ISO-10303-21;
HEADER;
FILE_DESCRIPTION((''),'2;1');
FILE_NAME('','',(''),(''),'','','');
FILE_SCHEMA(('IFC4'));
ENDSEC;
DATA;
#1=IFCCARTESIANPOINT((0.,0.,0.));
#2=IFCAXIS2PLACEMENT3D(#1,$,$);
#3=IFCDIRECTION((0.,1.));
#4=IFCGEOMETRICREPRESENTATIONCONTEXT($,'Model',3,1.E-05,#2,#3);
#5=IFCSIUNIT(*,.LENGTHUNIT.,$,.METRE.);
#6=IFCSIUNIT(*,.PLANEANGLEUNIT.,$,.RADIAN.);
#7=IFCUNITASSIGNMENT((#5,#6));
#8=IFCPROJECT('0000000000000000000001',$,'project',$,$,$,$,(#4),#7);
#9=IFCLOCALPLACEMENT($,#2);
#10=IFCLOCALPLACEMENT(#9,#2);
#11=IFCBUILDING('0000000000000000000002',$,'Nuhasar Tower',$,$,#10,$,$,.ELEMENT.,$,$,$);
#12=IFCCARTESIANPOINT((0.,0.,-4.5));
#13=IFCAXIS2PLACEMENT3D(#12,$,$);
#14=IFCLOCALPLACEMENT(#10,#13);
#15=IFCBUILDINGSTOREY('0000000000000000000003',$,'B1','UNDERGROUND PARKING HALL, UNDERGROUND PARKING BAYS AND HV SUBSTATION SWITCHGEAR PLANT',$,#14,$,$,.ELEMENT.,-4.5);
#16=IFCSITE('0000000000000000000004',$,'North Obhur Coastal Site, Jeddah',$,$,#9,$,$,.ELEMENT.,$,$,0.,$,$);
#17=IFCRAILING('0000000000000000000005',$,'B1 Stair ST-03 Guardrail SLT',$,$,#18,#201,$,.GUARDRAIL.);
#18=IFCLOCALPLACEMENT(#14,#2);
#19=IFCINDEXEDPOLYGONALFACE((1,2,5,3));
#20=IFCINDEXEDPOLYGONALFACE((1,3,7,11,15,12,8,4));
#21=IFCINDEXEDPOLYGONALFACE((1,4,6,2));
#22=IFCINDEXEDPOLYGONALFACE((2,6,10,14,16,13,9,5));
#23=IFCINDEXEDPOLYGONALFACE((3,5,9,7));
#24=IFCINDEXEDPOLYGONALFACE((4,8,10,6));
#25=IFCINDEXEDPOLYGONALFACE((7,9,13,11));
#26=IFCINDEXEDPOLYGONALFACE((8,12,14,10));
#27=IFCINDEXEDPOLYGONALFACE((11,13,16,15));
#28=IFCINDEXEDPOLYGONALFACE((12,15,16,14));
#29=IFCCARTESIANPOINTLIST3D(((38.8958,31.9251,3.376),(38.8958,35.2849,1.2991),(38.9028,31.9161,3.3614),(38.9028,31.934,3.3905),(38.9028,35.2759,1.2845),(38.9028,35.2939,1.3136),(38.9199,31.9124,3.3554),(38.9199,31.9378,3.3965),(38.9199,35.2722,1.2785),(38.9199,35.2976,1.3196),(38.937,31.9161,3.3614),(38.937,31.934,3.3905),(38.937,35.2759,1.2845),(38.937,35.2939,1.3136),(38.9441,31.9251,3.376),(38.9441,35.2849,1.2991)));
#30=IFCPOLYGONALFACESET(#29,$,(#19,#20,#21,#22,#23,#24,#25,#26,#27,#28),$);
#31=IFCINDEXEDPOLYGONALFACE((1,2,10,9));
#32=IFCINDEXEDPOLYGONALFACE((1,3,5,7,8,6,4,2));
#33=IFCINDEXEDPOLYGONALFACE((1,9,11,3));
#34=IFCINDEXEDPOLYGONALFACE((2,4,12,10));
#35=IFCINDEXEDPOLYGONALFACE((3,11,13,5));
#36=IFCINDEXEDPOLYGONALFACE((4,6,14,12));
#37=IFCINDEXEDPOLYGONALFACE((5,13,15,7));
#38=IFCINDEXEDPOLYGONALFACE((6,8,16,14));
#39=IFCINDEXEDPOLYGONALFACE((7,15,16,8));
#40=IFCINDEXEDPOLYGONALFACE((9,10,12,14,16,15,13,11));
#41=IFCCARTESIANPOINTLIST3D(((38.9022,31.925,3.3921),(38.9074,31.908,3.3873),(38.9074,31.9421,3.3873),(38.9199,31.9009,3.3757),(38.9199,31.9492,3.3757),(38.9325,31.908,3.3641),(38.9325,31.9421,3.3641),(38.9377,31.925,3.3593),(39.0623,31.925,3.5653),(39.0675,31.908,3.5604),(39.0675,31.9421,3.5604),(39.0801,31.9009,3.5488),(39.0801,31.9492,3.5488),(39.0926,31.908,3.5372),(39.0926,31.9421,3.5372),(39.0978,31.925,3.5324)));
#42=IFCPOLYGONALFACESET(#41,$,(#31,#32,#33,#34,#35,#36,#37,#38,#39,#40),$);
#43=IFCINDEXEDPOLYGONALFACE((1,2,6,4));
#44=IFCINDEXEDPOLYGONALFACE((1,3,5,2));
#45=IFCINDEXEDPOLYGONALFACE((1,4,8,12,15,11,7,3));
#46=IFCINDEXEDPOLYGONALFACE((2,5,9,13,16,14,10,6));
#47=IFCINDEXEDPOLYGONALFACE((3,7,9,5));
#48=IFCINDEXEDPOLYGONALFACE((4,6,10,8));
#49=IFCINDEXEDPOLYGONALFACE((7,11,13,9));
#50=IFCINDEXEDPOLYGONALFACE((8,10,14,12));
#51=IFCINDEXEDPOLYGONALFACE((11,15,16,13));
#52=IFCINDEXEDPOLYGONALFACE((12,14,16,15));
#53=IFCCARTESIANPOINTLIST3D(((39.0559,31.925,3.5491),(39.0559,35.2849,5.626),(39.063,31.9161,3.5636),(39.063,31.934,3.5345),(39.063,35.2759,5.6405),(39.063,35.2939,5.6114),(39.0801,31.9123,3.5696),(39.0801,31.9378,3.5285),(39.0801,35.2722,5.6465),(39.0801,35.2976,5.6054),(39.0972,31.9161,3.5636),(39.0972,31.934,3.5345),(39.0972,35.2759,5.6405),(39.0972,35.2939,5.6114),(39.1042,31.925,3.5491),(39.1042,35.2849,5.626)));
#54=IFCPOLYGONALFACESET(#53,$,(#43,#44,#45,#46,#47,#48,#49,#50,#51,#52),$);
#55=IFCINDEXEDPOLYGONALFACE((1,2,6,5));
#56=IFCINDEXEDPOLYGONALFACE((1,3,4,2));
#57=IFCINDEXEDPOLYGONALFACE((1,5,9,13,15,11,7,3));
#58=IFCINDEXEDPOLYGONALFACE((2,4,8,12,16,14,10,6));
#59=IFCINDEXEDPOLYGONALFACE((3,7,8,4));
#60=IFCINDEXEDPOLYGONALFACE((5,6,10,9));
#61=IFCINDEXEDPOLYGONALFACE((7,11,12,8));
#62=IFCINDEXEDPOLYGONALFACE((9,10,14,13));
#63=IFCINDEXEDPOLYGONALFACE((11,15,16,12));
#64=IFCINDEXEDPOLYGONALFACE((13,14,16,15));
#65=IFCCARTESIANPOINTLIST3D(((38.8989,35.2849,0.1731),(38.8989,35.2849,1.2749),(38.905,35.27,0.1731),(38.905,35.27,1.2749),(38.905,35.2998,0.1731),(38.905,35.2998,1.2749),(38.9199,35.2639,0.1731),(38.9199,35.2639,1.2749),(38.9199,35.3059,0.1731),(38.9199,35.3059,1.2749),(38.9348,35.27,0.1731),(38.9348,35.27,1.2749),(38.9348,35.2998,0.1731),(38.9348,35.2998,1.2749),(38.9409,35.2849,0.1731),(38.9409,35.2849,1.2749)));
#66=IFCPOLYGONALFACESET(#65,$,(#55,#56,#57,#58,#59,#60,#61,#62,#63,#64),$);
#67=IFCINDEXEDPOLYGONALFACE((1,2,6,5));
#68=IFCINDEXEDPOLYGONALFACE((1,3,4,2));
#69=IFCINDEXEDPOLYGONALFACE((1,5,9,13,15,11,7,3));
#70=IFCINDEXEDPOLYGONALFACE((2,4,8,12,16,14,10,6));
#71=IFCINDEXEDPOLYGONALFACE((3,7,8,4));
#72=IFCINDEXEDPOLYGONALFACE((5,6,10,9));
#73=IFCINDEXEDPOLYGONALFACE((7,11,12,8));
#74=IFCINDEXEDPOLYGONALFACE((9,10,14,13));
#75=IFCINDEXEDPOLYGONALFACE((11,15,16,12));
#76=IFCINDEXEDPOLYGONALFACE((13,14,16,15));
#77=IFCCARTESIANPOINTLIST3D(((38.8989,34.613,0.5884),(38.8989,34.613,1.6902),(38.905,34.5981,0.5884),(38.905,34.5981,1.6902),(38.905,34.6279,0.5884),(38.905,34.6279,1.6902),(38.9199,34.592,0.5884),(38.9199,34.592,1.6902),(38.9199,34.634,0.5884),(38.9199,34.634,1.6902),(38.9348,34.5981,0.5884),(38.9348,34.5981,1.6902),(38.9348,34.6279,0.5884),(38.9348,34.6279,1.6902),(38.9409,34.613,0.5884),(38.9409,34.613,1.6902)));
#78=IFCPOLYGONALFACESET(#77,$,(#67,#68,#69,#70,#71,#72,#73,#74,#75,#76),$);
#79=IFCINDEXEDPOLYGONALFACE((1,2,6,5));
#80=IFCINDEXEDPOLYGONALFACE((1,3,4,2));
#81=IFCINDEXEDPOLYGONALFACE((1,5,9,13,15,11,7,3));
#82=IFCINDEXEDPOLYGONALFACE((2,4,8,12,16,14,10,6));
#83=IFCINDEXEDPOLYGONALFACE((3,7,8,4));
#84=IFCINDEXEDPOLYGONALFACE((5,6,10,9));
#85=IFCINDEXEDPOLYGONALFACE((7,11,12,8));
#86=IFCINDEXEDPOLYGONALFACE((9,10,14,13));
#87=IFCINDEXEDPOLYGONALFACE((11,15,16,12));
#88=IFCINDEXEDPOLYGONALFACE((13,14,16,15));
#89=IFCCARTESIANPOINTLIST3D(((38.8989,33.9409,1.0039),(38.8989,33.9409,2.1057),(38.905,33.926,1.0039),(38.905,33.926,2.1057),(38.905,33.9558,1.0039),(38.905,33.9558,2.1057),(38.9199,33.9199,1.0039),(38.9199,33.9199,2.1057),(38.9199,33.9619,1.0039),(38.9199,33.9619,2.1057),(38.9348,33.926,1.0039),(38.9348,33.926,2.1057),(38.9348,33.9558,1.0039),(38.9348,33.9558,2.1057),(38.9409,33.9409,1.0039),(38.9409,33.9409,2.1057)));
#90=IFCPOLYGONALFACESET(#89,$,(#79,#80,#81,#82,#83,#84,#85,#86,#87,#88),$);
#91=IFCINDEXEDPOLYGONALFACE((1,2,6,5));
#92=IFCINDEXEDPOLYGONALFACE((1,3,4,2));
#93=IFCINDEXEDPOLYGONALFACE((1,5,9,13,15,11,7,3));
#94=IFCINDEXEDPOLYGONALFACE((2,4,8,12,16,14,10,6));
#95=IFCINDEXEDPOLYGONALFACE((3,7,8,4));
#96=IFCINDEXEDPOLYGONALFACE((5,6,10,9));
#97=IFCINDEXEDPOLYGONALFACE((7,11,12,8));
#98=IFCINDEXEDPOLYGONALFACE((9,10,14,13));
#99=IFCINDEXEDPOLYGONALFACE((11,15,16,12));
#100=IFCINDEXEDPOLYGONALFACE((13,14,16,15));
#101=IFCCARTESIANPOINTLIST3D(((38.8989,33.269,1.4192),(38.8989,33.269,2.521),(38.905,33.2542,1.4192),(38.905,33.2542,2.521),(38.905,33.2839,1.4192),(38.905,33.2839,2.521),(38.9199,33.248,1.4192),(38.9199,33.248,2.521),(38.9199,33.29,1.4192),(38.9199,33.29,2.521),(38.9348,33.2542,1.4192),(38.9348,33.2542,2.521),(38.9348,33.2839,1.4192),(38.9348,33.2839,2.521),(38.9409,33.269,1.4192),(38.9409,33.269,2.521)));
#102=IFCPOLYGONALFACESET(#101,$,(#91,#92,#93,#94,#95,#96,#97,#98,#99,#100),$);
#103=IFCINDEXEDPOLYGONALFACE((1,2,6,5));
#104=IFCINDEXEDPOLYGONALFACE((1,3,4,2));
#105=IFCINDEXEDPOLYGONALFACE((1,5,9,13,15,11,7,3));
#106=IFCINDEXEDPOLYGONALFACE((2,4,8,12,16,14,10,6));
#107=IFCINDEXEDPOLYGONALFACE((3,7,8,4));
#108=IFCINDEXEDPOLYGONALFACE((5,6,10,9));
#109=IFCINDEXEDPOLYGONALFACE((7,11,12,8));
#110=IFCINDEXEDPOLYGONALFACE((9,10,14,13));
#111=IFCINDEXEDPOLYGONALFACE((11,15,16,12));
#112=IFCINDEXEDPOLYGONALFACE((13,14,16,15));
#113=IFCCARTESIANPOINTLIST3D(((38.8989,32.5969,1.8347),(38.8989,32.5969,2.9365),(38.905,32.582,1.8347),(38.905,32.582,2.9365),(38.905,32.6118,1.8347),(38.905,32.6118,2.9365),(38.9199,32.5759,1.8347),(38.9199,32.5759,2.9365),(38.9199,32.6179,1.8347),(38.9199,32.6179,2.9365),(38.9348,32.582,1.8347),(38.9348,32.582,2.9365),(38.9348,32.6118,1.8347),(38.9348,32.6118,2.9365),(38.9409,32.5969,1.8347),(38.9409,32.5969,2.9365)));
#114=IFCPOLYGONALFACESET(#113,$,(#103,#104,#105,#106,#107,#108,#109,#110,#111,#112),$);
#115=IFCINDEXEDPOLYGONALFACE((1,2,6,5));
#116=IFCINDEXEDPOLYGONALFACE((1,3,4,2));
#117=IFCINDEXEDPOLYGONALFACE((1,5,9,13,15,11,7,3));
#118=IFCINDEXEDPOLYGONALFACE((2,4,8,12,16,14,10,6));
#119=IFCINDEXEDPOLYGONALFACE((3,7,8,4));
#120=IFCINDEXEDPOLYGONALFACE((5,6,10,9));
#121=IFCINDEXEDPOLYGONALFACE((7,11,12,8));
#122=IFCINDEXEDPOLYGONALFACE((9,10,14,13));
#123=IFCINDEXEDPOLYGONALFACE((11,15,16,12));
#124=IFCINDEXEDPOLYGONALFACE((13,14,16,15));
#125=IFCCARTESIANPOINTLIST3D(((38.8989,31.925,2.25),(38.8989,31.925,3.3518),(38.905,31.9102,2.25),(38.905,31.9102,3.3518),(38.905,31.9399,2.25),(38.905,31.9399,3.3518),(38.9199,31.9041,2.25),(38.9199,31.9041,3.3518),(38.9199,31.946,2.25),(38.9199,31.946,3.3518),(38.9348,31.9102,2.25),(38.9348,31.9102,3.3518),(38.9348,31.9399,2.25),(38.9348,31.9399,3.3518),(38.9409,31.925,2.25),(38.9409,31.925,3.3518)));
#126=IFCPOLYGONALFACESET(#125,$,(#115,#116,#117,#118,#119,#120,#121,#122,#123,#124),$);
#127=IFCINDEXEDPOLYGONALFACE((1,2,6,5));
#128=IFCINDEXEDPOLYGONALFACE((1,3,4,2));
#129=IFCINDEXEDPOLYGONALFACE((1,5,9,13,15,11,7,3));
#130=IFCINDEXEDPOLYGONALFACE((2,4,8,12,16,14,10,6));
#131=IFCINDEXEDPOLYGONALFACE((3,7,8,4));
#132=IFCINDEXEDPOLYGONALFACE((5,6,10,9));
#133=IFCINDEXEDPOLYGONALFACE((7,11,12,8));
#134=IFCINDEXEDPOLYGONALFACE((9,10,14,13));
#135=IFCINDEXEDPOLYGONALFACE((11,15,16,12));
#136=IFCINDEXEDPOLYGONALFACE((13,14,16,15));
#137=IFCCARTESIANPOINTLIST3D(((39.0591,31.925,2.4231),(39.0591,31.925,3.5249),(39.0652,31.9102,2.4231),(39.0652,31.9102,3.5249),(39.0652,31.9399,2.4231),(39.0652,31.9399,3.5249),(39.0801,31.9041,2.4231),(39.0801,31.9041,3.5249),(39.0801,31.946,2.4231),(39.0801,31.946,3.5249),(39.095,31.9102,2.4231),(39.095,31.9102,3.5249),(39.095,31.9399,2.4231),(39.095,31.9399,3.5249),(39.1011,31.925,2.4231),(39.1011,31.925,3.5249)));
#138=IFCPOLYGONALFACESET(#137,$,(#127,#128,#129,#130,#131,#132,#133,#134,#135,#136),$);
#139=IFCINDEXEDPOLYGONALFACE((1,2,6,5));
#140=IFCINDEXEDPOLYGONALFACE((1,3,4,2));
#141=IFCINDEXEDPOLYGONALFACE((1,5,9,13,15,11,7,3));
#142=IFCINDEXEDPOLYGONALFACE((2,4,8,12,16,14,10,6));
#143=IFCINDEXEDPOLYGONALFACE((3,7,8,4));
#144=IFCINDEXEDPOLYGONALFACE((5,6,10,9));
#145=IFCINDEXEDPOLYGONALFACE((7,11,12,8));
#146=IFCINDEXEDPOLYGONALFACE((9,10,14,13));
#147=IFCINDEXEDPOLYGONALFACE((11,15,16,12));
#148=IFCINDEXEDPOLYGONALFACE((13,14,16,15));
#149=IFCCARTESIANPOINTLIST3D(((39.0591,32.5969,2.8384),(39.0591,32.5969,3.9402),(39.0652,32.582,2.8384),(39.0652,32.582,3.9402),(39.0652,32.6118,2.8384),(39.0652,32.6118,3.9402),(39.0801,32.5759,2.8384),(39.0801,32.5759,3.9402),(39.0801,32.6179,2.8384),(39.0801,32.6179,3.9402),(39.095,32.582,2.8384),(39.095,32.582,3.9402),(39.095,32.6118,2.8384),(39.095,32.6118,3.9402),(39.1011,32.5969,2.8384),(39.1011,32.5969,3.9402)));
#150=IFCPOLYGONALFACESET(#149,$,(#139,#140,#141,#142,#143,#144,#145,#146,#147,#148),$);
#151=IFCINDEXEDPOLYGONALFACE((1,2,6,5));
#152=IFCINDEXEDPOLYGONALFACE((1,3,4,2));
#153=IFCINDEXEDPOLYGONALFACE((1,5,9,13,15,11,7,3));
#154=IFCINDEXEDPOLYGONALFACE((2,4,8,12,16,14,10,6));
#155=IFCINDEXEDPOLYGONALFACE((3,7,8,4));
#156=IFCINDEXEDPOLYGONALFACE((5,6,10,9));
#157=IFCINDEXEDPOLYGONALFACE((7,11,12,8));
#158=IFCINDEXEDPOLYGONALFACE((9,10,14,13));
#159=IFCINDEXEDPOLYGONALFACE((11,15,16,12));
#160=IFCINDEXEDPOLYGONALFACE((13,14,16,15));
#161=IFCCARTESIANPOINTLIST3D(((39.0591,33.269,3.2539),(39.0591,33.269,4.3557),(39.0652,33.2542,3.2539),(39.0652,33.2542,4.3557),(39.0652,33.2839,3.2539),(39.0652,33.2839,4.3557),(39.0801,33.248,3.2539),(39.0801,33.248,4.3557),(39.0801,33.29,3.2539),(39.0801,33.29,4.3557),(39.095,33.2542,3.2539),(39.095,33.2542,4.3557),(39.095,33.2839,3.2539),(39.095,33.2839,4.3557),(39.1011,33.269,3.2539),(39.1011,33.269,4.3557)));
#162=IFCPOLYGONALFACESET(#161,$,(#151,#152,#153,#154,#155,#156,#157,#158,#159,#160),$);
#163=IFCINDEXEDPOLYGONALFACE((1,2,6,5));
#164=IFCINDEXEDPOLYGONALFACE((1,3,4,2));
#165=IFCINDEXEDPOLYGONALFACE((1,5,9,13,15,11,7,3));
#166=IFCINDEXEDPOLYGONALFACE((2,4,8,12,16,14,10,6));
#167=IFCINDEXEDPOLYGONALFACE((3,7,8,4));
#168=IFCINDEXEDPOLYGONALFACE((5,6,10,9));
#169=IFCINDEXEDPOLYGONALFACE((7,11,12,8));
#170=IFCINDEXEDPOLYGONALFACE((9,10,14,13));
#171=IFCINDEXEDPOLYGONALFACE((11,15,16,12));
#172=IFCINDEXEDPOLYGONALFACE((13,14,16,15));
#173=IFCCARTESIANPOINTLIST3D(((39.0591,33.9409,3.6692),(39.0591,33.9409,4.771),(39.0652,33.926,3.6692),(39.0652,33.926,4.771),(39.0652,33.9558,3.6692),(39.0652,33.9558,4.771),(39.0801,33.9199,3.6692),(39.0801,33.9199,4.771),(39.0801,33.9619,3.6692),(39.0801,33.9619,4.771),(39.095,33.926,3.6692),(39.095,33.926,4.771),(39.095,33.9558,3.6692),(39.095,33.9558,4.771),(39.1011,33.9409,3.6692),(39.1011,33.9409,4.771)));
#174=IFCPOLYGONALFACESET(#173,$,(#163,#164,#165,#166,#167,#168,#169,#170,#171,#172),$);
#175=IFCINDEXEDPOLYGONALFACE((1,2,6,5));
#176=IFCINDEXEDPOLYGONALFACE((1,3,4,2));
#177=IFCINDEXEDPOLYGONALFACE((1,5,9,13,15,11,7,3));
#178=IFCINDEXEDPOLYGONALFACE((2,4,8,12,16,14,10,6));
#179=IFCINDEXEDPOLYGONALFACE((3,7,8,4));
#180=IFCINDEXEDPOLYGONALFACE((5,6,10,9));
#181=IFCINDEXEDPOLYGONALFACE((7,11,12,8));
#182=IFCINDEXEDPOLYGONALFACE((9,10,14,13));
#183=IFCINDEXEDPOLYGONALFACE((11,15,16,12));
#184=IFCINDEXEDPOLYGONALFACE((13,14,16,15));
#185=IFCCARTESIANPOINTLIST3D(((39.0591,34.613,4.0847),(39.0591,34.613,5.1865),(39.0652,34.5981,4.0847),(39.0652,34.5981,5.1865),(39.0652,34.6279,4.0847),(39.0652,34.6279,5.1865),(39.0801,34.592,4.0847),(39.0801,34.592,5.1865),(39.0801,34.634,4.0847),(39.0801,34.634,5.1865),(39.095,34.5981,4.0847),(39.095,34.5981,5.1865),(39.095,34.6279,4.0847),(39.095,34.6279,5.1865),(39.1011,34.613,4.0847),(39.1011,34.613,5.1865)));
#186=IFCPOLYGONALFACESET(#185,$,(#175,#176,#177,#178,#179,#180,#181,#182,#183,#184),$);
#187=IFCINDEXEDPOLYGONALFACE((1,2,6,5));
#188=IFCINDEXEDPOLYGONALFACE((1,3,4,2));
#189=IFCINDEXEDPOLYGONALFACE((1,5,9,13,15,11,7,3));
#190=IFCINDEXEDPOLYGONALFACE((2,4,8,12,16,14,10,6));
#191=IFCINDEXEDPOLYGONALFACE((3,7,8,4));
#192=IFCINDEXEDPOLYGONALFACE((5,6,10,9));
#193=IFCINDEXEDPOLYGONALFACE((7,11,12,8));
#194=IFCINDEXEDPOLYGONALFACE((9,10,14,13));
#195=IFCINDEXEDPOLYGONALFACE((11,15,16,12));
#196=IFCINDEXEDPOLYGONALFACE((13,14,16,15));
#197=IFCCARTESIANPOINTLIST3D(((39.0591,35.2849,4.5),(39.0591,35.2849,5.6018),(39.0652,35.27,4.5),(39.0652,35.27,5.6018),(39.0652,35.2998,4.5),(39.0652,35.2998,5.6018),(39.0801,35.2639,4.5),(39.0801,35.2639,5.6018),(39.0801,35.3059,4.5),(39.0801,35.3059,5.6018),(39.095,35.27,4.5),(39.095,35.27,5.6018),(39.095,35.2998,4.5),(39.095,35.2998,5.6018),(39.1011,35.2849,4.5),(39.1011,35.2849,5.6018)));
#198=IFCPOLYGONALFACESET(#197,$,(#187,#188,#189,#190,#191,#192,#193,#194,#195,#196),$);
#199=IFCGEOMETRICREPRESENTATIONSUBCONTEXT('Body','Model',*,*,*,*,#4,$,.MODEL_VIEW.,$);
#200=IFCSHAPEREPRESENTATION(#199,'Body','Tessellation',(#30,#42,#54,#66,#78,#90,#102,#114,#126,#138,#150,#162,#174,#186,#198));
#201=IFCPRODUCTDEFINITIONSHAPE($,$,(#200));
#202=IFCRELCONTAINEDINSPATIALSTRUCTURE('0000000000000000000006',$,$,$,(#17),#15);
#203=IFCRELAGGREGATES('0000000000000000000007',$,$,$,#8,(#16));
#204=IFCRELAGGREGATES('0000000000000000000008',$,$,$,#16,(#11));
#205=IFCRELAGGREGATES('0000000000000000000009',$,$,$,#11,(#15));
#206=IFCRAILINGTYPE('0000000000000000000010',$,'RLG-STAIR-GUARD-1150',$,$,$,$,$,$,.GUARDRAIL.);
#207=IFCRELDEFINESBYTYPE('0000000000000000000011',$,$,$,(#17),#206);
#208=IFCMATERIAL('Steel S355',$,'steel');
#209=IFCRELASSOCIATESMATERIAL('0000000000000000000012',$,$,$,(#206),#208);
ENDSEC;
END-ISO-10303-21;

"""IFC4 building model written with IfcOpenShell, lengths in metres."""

from ifc_helpers import new_model, si_unit, direction, frame, origin, place, context, subcontext, project, spatial, polyline, outline, extrude, material, type_object, element, save


model = new_model("IFC4")

# Units and contexts
model_context = context("Model", 3, precision=1e-05, world=origin(), true_north=direction((0.0, 1.0)))
body_context = subcontext(model_context, "Body", "Model", "MODEL_VIEW")
ifc_project = project(units=[si_unit("LENGTHUNIT", "METRE"), si_unit("PLANEANGLEUNIT", "RADIAN")], contexts=[model_context])

# Site, building, storey
site_placement = place(None, origin())
site = spatial("IfcSite", under=ifc_project, at=site_placement, Name="North Obhur Coastal Site, Jeddah", CompositionType="ELEMENT", RefElevation=0.0)
building_placement = place(site_placement, origin())
building = spatial("IfcBuilding", under=site, at=building_placement, Name="Nuhasar Tower", CompositionType="ELEMENT")
storey_placement = place(building_placement, frame((0.0, 0.0, -4.5)))
storey = spatial("IfcBuildingStorey", under=building, at=storey_placement, Name="B1", Description="UNDERGROUND PARKING HALL, UNDERGROUND PARKING BAYS AND HV SUBSTATION SWITCHGEAR PLANT", CompositionType="ELEMENT", Elevation=-4.5)

# Shared definitions
ifc_material_1 = material(Name="Steel S355", Category="steel")

# Railing
railing_type_1 = type_object("IfcRailingType", Name="RLG-STAIR-GUARD-1150", PredefinedType="GUARDRAIL", material=ifc_material_1)
railing_1_placement = place(storey_placement, frame((38.9199, 35.2849, 0.1731)))
element("IfcRailing", 1, at=railing_1_placement, inside=storey, type_object=railing_type_1, Name="B1 Stair ST-03 Guardrail SLT", PredefinedType="GUARDRAIL", context=body_context, shape_type="SweptSolid", body=[
    extrude(outline(polyline([(0.0242, 0.0), (0.0171, 0.0171), (0.0, 0.0242), (-0.0171, 0.0171), (-0.0242, 0.0), (-0.0171, -0.0171), (0.0, -0.0242), (0.0171, -0.0171), (0.0242, 0.0)])), frame((0.0, 0.0, 1.126), z_axis=(0.0, -0.850606, 0.525803), x_axis=(1.0, 0.0, 0.0)), (0.0, 0.0, 1.0), 3.95),
    extrude(outline(polyline([(0.0242, 0.0), (0.0171, 0.0171), (0.0, 0.0242), (-0.0171, 0.0171), (-0.0242, 0.0), (-0.0171, -0.0171), (0.0, -0.0242), (0.0171, -0.0171), (0.0242, 0.0)])), frame((0.0, -3.3599, 3.2026), z_axis=(0.67914, 0.0, 0.734009), x_axis=(0.0, 1.0, 0.0)), (0.0, 0.0, 1.0), 0.2358),
    extrude(outline(polyline([(0.0242, 0.0), (0.0171, 0.0171), (0.0, 0.0242), (-0.0171, 0.0171), (-0.0242, 0.0), (-0.0171, -0.0171), (0.0, -0.0242), (0.0171, -0.0171), (0.0242, 0.0)])), frame((0.1602, -3.3599, 3.376), z_axis=(0.0, 0.850606, 0.525803), x_axis=(-1.0, 0.0, 0.0)), (0.0, 0.0, 1.0), 3.95),
    extrude(outline(polyline([(0.021, 0.0), (0.0149, 0.0149), (0.0, 0.021), (-0.0149, 0.0149), (-0.021, 0.0), (-0.0149, -0.0149), (0.0, -0.021), (0.0149, -0.0149), (0.021, 0.0)])), origin(), (0.0, 0.0, 1.0), 1.1018),
    extrude(outline(polyline([(0.021, 0.0), (0.0149, 0.0149), (0.0, 0.021), (-0.0149, 0.0149), (-0.021, 0.0), (-0.0149, -0.0149), (0.0, -0.021), (0.0149, -0.0149), (0.021, 0.0)])), frame((0.0, -0.6719, 0.4153)), (0.0, 0.0, 1.0), 1.1018),
    extrude(outline(polyline([(0.021, 0.0), (0.0149, 0.0149), (0.0, 0.021), (-0.0149, 0.0149), (-0.021, 0.0), (-0.0149, -0.0149), (0.0, -0.021), (0.0149, -0.0149), (0.021, 0.0)])), frame((0.0, -1.344, 0.8308)), (0.0, 0.0, 1.0), 1.1018),
    extrude(outline(polyline([(0.021, 0.0), (0.0149, 0.0149), (0.0, 0.021), (-0.0149, 0.0149), (-0.021, 0.0), (-0.0149, -0.0149), (0.0, -0.021), (0.0149, -0.0149), (0.021, 0.0)])), frame((0.0, -2.0159, 1.2461)), (0.0, 0.0, 1.0), 1.1018),
    extrude(outline(polyline([(0.021, 0.0), (0.0149, 0.0149), (0.0, 0.021), (-0.0149, 0.0149), (-0.021, 0.0), (-0.0149, -0.0149), (0.0, -0.021), (0.0149, -0.0149), (0.021, 0.0)])), frame((0.0, -2.688, 1.6616)), (0.0, 0.0, 1.0), 1.1018),
    extrude(outline(polyline([(0.021, 0.0), (0.0149, 0.0149), (0.0, 0.021), (-0.0149, 0.0149), (-0.021, 0.0), (-0.0149, -0.0149), (0.0, -0.021), (0.0149, -0.0149), (0.021, 0.0)])), frame((0.0, -3.3599, 2.0769)), (0.0, 0.0, 1.0), 1.1018),
    extrude(outline(polyline([(0.021, 0.0), (0.0149, 0.0149), (0.0, 0.021), (-0.0149, 0.0149), (-0.021, 0.0), (-0.0149, -0.0149), (0.0, -0.021), (0.0149, -0.0149), (0.021, 0.0)])), frame((0.1602, -3.3599, 2.25)), (0.0, 0.0, 1.0), 1.1018),
    extrude(outline(polyline([(0.021, 0.0), (0.0149, 0.0149), (0.0, 0.021), (-0.0149, 0.0149), (-0.021, 0.0), (-0.0149, -0.0149), (0.0, -0.021), (0.0149, -0.0149), (0.021, 0.0)])), frame((0.1602, -2.688, 2.6653)), (0.0, 0.0, 1.0), 1.1018),
    extrude(outline(polyline([(0.021, 0.0), (0.0149, 0.0149), (0.0, 0.021), (-0.0149, 0.0149), (-0.021, 0.0), (-0.0149, -0.0149), (0.0, -0.021), (0.0149, -0.0149), (0.021, 0.0)])), frame((0.1602, -2.0159, 3.0808)), (0.0, 0.0, 1.0), 1.1018),
    extrude(outline(polyline([(0.021, 0.0), (0.0149, 0.0149), (0.0, 0.021), (-0.0149, 0.0149), (-0.021, 0.0), (-0.0149, -0.0149), (0.0, -0.021), (0.0149, -0.0149), (0.021, 0.0)])), frame((0.1602, -1.344, 3.4961)), (0.0, 0.0, 1.0), 1.1018),
    extrude(outline(polyline([(0.021, 0.0), (0.0149, 0.0149), (0.0, 0.021), (-0.0149, 0.0149), (-0.021, 0.0), (-0.0149, -0.0149), (0.0, -0.021), (0.0149, -0.0149), (0.021, 0.0)])), frame((0.1602, -0.6719, 3.9116)), (0.0, 0.0, 1.0), 1.1018),
    extrude(outline(polyline([(0.021, 0.0), (0.0149, 0.0149), (0.0, 0.021), (-0.0149, 0.0149), (-0.021, 0.0), (-0.0149, -0.0149), (0.0, -0.021), (0.0149, -0.0149), (0.021, 0.0)])), frame((0.1602, 0.0, 4.3269)), (0.0, 0.0, 1.0), 1.1018),
])

save(model, "model.ifc")
